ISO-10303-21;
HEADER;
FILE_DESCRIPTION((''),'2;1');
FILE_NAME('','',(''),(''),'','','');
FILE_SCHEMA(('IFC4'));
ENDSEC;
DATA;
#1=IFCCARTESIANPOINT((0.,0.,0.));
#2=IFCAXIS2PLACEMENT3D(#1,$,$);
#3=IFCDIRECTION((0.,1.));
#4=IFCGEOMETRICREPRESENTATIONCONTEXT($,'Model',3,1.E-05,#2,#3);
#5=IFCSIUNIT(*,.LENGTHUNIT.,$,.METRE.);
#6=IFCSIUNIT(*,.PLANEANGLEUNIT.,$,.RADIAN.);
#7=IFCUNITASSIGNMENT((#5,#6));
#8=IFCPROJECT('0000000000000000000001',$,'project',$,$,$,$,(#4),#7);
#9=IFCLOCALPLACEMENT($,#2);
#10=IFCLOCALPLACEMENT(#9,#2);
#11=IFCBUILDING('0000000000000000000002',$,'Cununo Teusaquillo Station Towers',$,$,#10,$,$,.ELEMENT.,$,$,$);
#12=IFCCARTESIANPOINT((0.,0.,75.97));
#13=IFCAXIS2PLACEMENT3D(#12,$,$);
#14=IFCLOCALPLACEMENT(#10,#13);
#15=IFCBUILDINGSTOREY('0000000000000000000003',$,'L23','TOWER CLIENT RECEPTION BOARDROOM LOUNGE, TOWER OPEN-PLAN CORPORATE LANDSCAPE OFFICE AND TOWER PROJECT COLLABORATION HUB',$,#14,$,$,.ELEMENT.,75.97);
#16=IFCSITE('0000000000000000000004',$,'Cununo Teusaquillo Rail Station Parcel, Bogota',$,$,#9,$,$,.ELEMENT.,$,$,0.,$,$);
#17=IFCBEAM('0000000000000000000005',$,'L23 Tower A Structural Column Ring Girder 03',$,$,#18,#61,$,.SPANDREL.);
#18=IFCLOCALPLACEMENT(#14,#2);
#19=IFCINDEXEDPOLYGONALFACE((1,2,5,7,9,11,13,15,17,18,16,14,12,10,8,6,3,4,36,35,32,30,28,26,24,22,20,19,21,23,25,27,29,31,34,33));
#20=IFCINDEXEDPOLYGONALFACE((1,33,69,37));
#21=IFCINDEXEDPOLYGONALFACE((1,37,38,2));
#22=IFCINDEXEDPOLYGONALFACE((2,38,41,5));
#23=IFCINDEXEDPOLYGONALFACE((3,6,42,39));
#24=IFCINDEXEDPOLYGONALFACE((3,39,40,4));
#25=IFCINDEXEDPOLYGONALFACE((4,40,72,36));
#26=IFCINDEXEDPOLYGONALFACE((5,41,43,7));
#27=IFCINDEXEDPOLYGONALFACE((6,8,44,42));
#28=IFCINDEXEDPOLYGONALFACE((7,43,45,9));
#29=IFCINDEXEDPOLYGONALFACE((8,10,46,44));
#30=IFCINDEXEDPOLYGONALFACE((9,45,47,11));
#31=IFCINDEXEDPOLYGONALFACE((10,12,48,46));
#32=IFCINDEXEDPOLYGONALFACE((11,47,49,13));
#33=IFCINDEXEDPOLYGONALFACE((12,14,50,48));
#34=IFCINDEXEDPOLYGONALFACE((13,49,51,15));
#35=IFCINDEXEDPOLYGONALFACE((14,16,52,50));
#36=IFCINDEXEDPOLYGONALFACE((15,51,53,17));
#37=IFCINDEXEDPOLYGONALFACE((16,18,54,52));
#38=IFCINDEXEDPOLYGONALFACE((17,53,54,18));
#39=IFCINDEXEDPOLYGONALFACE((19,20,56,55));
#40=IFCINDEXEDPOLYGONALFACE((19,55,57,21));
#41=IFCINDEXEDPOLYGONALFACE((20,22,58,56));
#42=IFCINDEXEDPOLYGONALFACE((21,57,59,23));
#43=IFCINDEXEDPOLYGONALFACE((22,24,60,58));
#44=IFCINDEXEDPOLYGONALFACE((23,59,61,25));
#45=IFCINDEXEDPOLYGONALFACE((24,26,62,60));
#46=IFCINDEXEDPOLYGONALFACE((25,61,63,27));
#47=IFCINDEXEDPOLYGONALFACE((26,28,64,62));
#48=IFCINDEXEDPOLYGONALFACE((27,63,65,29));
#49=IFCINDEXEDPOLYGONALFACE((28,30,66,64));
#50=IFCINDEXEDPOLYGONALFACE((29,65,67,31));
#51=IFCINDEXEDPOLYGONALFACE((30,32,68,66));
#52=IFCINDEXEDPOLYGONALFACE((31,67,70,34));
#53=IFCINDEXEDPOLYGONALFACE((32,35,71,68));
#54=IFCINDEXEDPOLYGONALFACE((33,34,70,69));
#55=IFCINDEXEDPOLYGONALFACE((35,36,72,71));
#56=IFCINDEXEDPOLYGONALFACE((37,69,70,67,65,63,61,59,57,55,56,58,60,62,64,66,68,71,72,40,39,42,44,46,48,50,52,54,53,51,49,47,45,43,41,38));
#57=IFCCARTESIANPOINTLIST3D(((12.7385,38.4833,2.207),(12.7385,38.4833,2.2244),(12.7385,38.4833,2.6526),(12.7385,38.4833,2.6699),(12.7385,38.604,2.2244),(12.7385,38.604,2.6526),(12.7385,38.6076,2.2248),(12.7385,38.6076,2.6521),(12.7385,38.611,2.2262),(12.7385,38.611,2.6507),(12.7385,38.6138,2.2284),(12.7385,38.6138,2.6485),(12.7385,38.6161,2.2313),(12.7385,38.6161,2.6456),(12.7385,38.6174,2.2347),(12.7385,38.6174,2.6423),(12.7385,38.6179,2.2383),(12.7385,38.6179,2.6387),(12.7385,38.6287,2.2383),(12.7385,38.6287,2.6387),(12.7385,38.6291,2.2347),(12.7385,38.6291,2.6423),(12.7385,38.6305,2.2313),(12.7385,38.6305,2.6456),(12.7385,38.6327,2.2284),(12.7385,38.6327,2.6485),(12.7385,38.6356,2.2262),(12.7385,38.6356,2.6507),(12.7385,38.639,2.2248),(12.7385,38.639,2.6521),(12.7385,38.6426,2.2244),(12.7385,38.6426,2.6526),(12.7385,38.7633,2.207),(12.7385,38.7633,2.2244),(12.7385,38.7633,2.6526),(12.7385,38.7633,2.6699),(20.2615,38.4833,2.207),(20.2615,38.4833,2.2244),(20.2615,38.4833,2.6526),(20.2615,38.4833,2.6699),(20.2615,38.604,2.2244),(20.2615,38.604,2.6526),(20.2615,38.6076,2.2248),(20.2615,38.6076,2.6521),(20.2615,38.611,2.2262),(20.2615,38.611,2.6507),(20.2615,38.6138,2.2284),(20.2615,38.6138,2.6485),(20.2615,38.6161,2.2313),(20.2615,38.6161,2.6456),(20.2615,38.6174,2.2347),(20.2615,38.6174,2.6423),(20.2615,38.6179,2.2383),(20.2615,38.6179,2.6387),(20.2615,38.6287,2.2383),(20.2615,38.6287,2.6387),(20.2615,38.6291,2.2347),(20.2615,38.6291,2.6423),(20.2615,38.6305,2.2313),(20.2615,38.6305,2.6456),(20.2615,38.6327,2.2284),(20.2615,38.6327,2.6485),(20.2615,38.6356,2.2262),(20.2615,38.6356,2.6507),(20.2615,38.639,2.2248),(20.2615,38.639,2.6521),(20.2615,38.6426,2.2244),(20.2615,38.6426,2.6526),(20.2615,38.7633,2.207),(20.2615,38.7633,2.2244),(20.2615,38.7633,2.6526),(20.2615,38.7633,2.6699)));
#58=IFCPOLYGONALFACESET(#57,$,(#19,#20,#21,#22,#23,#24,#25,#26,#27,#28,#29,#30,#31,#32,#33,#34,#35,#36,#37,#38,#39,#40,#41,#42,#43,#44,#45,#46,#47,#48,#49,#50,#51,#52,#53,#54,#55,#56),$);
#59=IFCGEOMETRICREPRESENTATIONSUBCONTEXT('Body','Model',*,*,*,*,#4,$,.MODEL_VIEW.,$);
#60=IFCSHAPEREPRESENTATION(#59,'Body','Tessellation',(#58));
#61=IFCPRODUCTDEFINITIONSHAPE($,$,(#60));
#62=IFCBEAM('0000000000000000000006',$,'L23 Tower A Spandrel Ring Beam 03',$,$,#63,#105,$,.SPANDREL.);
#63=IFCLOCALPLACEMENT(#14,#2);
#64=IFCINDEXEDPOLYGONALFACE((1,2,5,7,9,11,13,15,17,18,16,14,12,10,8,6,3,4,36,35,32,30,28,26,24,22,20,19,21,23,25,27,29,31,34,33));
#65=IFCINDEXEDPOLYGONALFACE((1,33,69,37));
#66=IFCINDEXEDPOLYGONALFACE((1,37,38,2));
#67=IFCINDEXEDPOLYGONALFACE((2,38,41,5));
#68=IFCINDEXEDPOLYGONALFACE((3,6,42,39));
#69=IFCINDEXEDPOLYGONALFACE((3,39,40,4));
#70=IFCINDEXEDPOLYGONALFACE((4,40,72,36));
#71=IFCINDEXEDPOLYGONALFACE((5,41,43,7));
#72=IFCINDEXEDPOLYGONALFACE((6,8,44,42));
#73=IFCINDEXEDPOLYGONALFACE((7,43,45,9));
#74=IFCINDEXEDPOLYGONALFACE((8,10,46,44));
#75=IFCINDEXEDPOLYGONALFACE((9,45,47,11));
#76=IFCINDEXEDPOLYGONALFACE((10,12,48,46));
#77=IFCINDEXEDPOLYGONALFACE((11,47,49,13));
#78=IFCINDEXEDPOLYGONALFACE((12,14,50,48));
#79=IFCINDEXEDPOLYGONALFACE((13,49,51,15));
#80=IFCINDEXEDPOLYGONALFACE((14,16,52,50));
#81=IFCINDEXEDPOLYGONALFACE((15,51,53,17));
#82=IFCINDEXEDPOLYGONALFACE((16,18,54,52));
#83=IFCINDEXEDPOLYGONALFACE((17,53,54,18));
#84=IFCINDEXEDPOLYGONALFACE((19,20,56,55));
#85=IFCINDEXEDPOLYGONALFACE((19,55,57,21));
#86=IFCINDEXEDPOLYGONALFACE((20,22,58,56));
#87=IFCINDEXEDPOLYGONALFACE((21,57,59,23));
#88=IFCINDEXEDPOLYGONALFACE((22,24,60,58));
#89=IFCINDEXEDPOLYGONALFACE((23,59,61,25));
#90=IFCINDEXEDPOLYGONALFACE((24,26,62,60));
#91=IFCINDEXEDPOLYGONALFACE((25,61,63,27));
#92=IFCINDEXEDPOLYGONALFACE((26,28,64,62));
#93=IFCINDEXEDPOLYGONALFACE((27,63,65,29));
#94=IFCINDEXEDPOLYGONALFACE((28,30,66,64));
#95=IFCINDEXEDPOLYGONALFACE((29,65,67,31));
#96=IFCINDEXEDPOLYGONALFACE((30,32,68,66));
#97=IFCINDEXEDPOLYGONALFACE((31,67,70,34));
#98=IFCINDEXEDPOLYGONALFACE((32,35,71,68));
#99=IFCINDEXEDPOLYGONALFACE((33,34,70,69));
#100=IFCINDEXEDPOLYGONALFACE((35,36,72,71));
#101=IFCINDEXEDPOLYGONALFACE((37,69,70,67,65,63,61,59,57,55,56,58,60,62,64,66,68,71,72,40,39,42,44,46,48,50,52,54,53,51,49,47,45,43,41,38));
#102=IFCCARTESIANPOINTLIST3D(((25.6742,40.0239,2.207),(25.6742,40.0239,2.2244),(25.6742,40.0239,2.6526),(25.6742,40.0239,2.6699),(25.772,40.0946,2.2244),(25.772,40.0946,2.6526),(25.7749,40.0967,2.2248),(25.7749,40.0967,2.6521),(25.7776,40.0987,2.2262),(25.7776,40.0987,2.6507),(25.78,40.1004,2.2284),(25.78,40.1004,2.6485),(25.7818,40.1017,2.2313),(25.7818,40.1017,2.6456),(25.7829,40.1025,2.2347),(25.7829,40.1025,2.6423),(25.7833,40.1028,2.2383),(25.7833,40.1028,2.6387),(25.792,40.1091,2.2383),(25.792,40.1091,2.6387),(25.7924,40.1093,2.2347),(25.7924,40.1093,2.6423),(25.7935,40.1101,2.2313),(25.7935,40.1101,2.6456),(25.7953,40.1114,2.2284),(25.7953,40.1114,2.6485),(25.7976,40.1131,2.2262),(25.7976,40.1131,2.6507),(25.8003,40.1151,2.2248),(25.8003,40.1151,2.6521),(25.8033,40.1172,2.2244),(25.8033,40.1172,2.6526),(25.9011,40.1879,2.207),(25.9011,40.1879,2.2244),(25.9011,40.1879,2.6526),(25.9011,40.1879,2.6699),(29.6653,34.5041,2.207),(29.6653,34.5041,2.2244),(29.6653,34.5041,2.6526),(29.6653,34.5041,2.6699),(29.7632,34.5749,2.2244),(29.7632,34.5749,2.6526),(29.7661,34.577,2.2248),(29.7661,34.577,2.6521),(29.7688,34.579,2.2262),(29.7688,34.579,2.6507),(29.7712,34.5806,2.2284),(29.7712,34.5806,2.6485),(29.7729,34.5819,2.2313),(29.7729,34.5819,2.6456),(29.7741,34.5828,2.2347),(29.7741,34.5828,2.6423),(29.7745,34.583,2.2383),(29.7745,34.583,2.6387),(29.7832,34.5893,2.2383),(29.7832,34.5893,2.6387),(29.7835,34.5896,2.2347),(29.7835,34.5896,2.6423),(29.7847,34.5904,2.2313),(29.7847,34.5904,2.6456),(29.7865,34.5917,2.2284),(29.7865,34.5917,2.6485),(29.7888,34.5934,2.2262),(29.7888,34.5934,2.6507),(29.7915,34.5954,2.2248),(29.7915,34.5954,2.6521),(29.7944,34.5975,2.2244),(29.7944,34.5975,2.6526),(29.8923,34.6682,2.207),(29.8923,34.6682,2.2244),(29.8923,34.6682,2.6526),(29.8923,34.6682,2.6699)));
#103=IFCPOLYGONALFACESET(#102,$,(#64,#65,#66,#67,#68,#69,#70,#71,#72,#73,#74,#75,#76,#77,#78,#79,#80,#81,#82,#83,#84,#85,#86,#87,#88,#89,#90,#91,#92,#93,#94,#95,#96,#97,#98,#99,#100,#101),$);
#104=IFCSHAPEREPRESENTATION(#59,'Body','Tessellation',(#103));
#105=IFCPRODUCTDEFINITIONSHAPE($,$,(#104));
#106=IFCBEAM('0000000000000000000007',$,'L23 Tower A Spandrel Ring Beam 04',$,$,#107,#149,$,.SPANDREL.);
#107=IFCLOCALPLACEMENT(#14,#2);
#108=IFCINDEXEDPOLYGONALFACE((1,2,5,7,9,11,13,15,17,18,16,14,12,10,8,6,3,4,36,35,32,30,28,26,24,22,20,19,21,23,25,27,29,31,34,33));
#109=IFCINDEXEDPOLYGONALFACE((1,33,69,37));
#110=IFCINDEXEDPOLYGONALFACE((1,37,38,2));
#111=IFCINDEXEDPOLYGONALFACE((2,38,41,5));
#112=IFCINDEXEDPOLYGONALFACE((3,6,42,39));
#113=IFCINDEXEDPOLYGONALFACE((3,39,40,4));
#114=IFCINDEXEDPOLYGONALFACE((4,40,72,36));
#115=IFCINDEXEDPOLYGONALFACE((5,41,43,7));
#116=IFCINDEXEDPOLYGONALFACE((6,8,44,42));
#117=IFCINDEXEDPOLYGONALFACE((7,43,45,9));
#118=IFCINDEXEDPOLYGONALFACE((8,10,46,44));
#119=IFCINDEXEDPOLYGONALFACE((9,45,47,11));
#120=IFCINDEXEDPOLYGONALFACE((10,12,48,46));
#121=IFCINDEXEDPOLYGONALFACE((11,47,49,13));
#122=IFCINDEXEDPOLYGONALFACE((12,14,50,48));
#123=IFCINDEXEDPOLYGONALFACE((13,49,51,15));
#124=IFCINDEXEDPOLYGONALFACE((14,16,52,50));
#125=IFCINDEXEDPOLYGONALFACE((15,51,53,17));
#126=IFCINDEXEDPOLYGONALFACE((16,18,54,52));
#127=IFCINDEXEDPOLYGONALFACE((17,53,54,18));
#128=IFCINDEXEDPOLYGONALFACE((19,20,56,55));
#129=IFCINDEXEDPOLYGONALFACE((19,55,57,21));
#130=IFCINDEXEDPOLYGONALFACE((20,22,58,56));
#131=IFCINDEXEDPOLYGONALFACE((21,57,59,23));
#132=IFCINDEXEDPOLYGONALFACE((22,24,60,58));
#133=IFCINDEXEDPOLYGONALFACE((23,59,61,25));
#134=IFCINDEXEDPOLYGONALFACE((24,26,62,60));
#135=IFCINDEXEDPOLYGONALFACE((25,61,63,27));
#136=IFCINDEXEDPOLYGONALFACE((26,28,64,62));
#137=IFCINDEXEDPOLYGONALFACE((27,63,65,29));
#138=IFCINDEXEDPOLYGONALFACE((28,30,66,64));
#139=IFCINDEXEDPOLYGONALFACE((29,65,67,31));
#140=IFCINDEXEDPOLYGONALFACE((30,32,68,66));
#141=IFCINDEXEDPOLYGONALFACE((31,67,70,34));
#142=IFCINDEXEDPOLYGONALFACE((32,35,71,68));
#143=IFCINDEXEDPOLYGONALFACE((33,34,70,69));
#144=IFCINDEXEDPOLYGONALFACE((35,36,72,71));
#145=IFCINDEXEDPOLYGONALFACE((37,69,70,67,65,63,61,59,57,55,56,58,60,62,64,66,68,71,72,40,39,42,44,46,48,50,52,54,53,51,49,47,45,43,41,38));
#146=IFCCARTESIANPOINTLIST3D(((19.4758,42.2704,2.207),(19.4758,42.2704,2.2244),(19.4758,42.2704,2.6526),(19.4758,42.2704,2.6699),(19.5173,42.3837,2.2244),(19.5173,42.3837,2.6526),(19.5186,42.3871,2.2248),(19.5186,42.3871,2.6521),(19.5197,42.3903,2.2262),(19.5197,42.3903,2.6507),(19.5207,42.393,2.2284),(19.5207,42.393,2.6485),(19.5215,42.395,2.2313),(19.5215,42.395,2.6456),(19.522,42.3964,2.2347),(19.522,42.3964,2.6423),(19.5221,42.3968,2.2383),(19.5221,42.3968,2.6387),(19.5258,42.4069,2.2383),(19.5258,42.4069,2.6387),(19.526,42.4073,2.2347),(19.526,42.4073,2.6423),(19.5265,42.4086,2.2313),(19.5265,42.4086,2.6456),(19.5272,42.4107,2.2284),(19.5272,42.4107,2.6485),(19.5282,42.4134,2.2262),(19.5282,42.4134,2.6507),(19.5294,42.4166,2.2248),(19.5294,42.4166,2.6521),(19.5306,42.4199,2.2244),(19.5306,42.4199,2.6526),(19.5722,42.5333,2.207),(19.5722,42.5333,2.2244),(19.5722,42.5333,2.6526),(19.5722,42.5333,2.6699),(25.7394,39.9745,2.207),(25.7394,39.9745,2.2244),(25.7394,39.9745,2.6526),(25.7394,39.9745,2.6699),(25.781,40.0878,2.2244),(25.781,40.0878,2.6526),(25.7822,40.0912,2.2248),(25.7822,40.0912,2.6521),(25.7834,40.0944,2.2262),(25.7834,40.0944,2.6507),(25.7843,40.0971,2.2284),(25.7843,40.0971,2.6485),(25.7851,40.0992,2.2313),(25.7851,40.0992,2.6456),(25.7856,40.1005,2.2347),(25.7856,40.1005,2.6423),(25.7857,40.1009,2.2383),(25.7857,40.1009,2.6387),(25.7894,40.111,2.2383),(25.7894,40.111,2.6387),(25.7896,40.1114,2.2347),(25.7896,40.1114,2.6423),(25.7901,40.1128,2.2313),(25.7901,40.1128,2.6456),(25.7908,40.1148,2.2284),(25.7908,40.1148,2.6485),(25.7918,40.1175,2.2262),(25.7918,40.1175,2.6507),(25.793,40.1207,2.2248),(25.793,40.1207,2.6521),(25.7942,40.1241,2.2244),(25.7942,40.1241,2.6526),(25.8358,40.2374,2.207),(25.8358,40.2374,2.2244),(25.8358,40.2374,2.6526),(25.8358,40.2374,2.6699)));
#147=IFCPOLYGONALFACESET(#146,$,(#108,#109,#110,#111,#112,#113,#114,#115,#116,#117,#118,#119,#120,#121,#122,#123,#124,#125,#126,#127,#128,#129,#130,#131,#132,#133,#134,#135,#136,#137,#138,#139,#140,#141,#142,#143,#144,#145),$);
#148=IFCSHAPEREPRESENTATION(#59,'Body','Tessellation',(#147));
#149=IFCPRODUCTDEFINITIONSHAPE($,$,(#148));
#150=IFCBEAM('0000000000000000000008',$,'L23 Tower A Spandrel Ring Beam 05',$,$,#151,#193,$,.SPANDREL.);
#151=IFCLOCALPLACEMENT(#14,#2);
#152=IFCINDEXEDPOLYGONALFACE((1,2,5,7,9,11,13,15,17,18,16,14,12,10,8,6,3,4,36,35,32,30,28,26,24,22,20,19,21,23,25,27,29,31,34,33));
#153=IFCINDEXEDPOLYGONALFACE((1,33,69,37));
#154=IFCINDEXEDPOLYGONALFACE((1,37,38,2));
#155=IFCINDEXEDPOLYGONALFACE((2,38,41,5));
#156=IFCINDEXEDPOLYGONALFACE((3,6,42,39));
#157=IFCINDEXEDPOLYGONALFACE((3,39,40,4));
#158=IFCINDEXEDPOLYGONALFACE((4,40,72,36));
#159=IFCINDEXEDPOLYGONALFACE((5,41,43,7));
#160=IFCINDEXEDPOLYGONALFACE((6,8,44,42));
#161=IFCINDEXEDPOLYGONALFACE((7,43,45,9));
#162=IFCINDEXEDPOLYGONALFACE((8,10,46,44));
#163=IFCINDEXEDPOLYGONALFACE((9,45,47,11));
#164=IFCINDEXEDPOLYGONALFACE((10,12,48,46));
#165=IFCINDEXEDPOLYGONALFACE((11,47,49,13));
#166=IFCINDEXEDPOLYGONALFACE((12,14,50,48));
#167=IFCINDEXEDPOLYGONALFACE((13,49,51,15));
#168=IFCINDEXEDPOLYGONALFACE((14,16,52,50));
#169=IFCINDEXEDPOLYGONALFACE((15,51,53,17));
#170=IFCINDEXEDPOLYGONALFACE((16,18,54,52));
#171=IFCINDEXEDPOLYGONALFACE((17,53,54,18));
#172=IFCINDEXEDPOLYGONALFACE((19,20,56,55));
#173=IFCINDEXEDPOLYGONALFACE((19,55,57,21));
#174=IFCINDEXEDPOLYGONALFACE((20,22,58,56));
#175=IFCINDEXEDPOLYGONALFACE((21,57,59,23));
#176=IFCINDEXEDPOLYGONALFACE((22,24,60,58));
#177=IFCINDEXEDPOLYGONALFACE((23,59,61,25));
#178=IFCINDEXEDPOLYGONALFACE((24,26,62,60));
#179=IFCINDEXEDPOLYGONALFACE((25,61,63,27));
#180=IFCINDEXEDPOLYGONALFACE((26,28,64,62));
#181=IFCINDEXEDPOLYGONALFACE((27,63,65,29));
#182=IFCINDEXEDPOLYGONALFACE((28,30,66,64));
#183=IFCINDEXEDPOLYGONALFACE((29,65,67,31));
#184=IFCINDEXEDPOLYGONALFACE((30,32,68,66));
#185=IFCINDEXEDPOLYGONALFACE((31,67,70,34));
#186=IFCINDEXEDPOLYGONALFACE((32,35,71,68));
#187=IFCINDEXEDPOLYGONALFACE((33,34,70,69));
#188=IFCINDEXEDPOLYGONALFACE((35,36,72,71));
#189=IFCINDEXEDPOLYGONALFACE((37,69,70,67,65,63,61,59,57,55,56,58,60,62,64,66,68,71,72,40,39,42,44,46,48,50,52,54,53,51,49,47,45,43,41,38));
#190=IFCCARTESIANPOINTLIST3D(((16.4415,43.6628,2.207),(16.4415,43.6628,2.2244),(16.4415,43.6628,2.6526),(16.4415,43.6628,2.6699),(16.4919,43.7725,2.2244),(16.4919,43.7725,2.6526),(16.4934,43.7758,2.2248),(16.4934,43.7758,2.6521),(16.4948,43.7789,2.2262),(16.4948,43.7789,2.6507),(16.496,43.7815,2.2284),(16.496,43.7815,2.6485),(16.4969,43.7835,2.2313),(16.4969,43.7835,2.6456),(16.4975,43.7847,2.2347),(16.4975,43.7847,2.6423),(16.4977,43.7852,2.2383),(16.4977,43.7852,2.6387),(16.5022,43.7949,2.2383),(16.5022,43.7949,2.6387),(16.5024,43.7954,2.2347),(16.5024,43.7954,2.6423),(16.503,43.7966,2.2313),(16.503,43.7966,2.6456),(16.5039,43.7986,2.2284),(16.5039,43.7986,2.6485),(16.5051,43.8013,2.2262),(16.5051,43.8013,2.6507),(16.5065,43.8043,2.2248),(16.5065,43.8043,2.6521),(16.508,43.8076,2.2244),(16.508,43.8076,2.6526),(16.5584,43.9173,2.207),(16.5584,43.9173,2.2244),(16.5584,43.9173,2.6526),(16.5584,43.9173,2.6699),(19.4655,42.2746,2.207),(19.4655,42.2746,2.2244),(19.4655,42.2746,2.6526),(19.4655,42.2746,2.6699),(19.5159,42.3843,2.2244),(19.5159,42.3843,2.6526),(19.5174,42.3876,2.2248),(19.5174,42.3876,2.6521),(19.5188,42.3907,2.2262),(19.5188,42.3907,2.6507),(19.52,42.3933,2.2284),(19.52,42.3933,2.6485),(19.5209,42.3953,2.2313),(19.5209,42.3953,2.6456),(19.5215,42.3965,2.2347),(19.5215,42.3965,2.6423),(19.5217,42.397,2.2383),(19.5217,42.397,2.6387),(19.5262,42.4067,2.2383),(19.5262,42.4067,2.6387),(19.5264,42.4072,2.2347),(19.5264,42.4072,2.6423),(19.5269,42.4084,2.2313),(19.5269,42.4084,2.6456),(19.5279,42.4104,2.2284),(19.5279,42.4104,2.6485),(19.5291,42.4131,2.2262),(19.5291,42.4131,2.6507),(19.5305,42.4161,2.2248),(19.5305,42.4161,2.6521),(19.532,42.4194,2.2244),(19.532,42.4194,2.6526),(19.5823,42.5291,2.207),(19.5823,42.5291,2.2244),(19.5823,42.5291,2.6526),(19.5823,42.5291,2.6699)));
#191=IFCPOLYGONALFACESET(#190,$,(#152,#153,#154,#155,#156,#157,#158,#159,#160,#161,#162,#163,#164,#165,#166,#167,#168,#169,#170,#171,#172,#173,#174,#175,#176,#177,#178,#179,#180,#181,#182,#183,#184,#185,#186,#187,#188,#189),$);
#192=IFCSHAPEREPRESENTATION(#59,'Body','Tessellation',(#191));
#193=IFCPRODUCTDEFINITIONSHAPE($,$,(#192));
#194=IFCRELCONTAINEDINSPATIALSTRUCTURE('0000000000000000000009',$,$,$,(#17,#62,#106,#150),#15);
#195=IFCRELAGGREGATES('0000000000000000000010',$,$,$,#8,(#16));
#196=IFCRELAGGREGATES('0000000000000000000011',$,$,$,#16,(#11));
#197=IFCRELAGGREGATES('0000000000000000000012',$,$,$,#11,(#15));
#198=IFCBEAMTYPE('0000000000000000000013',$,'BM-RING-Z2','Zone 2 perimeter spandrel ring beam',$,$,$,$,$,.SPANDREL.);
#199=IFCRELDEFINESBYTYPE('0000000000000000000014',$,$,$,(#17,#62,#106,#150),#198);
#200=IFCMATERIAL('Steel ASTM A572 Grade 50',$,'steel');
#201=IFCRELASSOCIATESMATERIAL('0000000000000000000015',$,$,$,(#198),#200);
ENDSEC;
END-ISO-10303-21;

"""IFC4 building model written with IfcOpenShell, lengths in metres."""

from ifc_helpers import new_model, si_unit, direction, frame, origin, origin_2d, place, context, subcontext, project, spatial, i_section, extrude, material, material_profile, profile_set, type_object, element, save


model = new_model("IFC4")

# Units and contexts
model_context = context("Model", 3, precision=1e-05, world=origin(), true_north=direction((0.0, 1.0)))
body_context = subcontext(model_context, "Body", "Model", "MODEL_VIEW")
ifc_project = project(units=[si_unit("LENGTHUNIT", "METRE"), si_unit("PLANEANGLEUNIT", "RADIAN")], contexts=[model_context])

# Site, building, storey
site_placement = place(None, origin())
site = spatial("IfcSite", under=ifc_project, at=site_placement, Name="Cununo Teusaquillo Rail Station Parcel, Bogota", CompositionType="ELEMENT", RefElevation=0.0)
building_placement = place(site_placement, origin())
building = spatial("IfcBuilding", under=site, at=building_placement, Name="Cununo Teusaquillo Station Towers", CompositionType="ELEMENT")
storey_placement = place(building_placement, frame((0.0, 0.0, 75.97)))
storey = spatial("IfcBuildingStorey", under=building, at=storey_placement, Name="L23", Description="TOWER CLIENT RECEPTION BOARDROOM LOUNGE, TOWER OPEN-PLAN CORPORATE LANDSCAPE OFFICE AND TOWER PROJECT COLLABORATION HUB", CompositionType="ELEMENT", Elevation=75.97)

# Beams
ifc_material_1 = material(Name="Steel ASTM A572 Grade 50", Category="steel")
ifc_material_profile_1 = material_profile(ifc_material_1, i_section(OverallWidth=0.28, OverallDepth=0.4629, WebThickness=0.0107, FlangeThickness=0.0173, FilletRadius=0.0139, at=origin_2d()), Name="W18X76")
ifc_profile_set_1 = profile_set([ifc_material_profile_1], Name="Steel ASTM A572 Grade 50")
beam_type_1 = type_object("IfcBeamType", Name="BM-RING-Z2", Description="Zone 2 perimeter spandrel ring beam", PredefinedType="SPANDREL", material=ifc_profile_set_1)
beam_1_placement = place(storey_placement, frame((20.2615, 38.6233, 2.4385), z_axis=(-1.0, 0.0, 0.0), x_axis=(0.0, -1.0, 0.0)))
element("IfcBeam", 1, at=beam_1_placement, inside=storey, type_object=beam_type_1, Name="L23 Tower A Structural Column Ring Girder 03", PredefinedType="SPANDREL", context=body_context, shape_type="SweptSolid", body=[
    extrude(i_section(OverallWidth=0.28, OverallDepth=0.4629, WebThickness=0.0107, FlangeThickness=0.0173, FilletRadius=0.0139, at=origin_2d()), origin(), (0.0, 0.0, 1.0), 7.5229),
])
beam_2_placement = place(storey_placement, frame((29.7788, 34.5862, 2.4385), z_axis=(-0.585945, 0.810351, 0.0), x_axis=(-0.810351, -0.585945, 0.0)))
element("IfcBeam", 2, at=beam_2_placement, inside=storey, type_object=beam_type_1, Name="L23 Tower A Spandrel Ring Beam 03", PredefinedType="SPANDREL", context=body_context, shape_type="SweptSolid", body=[
    extrude(i_section(OverallWidth=0.28, OverallDepth=0.4629, WebThickness=0.0107, FlangeThickness=0.0173, FilletRadius=0.0139, at=origin_2d()), origin(), (0.0, 0.0, 1.0), 6.8115),
])
beam_3_placement = place(storey_placement, frame((25.7876, 40.106, 2.4385), z_axis=(-0.938914, 0.344151, 0.0), x_axis=(-0.344151, -0.938914, 0.0)))
element("IfcBeam", 3, at=beam_3_placement, inside=storey, type_object=beam_type_1, Name="L23 Tower A Spandrel Ring Beam 04", PredefinedType="SPANDREL", context=body_context, shape_type="SweptSolid", body=[
    extrude(i_section(OverallWidth=0.28, OverallDepth=0.4629, WebThickness=0.0107, FlangeThickness=0.0173, FilletRadius=0.0139, at=origin_2d()), origin(), (0.0, 0.0, 1.0), 6.6711),
])
beam_4_placement = place(storey_placement, frame((19.5239, 42.4019, 2.4385), z_axis=(-0.908812, 0.417205, 0.0), x_axis=(-0.417205, -0.908812, 0.0)))
element("IfcBeam", 4, at=beam_4_placement, inside=storey, type_object=beam_type_1, Name="L23 Tower A Spandrel Ring Beam 05", PredefinedType="SPANDREL", context=body_context, shape_type="SweptSolid", body=[
    extrude(i_section(OverallWidth=0.28, OverallDepth=0.4629, WebThickness=0.0107, FlangeThickness=0.0173, FilletRadius=0.0139, at=origin_2d()), origin(), (0.0, 0.0, 1.0), 3.3274),
])

save(model, "model.ifc")
